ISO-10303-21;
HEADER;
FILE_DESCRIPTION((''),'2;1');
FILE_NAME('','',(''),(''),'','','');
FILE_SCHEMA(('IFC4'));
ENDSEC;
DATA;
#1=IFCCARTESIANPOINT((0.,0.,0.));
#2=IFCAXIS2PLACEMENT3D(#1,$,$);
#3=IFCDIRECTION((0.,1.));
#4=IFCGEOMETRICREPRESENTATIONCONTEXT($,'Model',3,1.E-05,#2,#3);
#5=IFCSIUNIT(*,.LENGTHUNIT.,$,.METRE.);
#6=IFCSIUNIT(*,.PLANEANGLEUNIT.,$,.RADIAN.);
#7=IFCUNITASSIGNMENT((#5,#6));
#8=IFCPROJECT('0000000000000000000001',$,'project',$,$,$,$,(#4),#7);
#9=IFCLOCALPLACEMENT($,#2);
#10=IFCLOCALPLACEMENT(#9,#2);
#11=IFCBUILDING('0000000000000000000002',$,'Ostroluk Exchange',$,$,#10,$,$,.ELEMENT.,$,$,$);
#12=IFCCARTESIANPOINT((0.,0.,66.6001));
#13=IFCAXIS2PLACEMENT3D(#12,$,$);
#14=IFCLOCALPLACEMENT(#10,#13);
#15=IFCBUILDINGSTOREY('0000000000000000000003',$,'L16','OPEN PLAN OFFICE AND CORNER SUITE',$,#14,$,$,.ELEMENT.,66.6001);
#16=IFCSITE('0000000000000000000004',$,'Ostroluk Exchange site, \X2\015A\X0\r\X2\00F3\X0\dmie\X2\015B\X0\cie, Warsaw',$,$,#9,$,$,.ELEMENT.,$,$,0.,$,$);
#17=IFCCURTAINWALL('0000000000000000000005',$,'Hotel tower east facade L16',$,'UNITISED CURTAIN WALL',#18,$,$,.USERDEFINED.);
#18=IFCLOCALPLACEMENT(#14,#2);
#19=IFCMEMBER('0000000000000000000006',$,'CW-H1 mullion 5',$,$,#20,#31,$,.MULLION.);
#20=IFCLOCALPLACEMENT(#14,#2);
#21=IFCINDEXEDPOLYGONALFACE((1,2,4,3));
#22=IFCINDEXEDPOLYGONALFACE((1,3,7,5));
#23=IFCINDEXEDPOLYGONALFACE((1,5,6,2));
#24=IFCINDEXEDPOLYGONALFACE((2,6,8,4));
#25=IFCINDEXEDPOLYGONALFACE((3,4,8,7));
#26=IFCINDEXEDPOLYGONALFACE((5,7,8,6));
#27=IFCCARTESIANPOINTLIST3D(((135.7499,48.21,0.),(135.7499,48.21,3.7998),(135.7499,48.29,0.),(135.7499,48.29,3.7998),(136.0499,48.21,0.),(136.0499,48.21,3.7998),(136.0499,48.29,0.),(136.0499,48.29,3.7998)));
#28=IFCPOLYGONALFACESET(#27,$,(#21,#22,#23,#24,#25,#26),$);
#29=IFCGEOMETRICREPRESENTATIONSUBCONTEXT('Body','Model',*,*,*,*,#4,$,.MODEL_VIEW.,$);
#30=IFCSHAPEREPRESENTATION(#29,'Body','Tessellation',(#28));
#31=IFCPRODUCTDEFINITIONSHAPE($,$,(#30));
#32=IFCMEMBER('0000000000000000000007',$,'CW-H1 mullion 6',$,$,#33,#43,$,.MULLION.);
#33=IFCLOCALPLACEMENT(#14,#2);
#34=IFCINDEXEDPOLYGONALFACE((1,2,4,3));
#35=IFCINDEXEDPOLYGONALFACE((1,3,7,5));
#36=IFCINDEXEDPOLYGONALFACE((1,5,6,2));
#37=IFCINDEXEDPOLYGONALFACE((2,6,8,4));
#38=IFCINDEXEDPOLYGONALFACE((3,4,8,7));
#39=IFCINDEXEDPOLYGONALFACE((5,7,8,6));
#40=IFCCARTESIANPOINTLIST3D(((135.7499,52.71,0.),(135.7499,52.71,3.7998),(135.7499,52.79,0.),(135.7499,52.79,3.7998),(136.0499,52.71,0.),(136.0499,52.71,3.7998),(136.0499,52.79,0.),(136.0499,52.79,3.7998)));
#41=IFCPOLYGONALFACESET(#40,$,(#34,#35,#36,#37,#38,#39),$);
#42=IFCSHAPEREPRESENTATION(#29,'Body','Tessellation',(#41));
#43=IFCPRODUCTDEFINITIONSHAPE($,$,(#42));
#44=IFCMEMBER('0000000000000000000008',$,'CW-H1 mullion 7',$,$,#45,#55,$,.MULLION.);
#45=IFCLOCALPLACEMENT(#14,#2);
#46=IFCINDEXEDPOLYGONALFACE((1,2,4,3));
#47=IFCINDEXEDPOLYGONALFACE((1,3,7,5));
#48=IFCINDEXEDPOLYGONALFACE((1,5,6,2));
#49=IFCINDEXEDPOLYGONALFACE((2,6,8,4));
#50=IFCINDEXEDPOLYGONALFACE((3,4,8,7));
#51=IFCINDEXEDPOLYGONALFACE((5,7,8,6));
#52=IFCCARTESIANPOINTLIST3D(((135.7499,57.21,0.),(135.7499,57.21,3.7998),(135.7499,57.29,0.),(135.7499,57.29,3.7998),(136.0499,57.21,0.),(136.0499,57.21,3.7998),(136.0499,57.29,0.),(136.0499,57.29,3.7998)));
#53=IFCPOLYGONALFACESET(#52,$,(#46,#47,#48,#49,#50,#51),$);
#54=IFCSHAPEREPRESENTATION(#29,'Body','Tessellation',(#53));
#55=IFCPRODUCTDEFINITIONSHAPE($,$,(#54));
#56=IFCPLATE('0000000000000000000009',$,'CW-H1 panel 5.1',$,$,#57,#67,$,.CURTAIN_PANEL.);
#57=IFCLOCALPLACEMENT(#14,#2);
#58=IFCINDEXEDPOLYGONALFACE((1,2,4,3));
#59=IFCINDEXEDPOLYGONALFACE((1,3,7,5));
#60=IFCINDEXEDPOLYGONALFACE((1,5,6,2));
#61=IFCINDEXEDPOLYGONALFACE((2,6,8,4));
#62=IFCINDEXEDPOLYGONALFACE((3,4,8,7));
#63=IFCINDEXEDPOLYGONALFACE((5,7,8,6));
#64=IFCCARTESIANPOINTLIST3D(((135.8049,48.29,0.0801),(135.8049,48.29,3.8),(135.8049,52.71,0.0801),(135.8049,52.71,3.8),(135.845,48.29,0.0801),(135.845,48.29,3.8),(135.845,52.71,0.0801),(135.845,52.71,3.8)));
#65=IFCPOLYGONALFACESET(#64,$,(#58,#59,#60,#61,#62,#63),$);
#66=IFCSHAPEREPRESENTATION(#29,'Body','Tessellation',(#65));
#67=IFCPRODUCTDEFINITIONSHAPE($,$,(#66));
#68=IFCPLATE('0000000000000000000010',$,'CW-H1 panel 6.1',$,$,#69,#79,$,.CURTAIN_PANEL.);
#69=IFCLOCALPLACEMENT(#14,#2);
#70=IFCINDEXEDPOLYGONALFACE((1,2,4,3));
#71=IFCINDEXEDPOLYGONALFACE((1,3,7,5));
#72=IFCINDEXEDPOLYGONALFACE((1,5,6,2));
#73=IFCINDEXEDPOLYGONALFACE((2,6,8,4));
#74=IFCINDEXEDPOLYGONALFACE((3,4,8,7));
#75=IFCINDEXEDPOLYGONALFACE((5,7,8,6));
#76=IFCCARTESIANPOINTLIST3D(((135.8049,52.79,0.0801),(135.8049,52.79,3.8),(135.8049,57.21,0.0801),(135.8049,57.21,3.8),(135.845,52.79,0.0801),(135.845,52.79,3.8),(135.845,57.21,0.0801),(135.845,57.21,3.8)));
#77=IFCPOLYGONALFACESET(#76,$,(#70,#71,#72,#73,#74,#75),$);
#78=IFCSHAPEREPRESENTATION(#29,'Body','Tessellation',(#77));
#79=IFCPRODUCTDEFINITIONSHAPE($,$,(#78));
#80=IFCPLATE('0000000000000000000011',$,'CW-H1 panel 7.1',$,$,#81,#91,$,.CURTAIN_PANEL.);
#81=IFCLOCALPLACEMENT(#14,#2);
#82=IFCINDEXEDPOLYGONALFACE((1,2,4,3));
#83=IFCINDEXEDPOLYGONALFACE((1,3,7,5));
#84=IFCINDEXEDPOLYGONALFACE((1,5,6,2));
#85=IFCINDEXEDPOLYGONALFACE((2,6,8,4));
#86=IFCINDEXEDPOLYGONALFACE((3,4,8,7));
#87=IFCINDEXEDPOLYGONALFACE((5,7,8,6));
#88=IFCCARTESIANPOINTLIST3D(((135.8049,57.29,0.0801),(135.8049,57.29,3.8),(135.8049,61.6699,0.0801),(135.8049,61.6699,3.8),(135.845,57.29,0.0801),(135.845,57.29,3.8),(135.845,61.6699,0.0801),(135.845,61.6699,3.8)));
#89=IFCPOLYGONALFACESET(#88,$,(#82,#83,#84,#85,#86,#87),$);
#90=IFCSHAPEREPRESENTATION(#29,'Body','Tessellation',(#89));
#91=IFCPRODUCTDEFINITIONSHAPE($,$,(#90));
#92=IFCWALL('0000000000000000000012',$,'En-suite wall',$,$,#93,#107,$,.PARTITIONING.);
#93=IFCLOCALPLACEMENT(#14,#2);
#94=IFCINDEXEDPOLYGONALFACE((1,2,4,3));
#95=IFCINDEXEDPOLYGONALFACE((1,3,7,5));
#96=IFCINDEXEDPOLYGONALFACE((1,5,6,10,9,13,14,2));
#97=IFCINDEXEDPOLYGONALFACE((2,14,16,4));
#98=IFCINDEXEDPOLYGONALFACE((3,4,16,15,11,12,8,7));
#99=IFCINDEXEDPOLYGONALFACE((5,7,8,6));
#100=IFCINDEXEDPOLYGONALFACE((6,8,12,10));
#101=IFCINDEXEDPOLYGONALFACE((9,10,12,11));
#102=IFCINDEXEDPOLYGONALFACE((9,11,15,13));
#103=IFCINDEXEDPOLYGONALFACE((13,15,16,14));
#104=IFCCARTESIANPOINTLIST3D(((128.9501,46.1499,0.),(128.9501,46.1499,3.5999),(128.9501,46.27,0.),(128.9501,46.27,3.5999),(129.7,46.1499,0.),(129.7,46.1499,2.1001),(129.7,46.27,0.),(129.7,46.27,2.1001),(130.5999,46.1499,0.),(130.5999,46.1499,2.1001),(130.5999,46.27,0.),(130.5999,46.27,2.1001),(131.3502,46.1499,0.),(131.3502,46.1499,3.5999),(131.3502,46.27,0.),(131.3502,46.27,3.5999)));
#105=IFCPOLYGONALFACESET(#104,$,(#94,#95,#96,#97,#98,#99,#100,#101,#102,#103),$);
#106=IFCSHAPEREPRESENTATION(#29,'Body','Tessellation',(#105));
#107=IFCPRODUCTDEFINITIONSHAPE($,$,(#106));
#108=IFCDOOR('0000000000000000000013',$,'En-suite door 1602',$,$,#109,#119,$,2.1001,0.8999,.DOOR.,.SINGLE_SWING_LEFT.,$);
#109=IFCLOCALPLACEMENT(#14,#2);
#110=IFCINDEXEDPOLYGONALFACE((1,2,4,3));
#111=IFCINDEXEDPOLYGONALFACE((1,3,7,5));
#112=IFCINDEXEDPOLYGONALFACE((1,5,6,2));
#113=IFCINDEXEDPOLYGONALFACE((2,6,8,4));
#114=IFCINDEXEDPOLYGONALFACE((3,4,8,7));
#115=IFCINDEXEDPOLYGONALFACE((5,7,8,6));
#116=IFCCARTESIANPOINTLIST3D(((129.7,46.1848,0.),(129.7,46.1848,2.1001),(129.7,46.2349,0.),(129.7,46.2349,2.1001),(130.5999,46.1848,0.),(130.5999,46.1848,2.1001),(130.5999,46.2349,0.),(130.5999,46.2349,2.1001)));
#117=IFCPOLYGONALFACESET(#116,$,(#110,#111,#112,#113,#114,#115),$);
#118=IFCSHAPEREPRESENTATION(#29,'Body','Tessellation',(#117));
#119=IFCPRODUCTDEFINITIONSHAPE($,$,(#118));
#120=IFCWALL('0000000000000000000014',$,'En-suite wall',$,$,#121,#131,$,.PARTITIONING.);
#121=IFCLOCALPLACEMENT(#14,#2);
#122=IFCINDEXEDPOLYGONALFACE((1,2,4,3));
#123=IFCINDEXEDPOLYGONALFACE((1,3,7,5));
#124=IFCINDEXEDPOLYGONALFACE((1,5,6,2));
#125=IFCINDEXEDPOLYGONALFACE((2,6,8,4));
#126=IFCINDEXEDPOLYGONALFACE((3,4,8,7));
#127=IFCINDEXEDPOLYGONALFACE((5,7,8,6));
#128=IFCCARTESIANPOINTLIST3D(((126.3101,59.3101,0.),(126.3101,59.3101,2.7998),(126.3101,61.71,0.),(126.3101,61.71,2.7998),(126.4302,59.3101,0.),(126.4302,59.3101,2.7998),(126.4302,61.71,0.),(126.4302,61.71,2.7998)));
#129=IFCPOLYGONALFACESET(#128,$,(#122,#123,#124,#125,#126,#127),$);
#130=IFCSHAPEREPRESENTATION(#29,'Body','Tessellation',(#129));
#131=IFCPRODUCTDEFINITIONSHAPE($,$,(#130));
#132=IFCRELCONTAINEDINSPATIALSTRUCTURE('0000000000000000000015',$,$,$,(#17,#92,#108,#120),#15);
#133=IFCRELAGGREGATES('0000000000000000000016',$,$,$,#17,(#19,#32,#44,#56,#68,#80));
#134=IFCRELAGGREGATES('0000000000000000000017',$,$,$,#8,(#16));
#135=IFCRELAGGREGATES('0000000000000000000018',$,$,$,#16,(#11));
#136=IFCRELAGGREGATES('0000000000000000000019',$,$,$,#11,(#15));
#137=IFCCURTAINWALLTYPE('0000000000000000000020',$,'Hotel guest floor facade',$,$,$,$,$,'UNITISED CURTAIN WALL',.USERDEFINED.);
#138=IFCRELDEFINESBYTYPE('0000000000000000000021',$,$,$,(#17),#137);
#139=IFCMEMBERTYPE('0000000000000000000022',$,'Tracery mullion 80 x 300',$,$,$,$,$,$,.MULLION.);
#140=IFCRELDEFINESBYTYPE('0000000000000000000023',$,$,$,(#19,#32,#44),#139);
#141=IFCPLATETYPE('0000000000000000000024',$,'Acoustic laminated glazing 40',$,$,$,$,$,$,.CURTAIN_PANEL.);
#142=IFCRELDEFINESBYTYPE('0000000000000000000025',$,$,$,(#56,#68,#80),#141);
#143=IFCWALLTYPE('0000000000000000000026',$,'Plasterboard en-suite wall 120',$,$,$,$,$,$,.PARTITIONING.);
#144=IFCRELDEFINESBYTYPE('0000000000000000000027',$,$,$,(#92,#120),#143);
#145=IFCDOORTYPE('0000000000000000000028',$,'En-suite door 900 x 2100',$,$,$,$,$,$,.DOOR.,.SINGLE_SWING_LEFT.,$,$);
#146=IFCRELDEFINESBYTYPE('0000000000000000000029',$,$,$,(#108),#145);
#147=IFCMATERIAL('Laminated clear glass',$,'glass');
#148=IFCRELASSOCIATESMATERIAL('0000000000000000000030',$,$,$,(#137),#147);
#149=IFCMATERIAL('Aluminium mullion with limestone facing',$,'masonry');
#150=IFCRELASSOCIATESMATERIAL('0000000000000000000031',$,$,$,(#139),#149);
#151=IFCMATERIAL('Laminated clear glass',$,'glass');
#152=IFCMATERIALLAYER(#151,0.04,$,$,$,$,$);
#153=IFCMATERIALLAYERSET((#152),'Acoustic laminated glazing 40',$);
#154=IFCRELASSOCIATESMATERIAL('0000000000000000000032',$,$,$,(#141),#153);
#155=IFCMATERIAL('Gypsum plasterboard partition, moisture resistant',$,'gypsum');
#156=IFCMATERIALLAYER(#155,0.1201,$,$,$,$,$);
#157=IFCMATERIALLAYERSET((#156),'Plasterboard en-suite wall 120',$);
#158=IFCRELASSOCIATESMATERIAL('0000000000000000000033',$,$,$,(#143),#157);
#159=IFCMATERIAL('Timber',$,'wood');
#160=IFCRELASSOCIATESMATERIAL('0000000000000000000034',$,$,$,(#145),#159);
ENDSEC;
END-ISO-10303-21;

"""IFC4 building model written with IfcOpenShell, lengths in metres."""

from ifc_helpers import new_model, si_unit, direction, frame, frame_2d, origin, origin_2d, place, context, subcontext, project, spatial, rectangle, extrude, material, layer, layer_set, material_profile, profile_set, type_object, element, fill, aggregate, save


model = new_model("IFC4")

# Units and contexts
model_context = context("Model", 3, precision=1e-05, world=origin(), true_north=direction((0.0, 1.0)))
body_context = subcontext(model_context, "Body", "Model", "MODEL_VIEW")
ifc_project = project(units=[si_unit("LENGTHUNIT", "METRE"), si_unit("PLANEANGLEUNIT", "RADIAN")], contexts=[model_context])

# Site, building, storey
site_placement = place(None, origin())
site = spatial("IfcSite", under=ifc_project, at=site_placement, Name="Ostroluk Exchange site, Śródmieście, Warsaw", CompositionType="ELEMENT", RefElevation=0.0)
building_placement = place(site_placement, origin())
building = spatial("IfcBuilding", under=site, at=building_placement, Name="Ostroluk Exchange", CompositionType="ELEMENT")
storey_placement = place(building_placement, frame((0.0, 0.0, 66.6001)))
storey = spatial("IfcBuildingStorey", under=building, at=storey_placement, Name="L16", Description="OPEN PLAN OFFICE AND CORNER SUITE", CompositionType="ELEMENT", Elevation=66.6001)

# Curtain wall, members, plates
ifc_material_1 = material(Name="Laminated clear glass", Category="glass")
curtain_wall_type = type_object("IfcCurtainWallType", Name="Hotel guest floor facade", ElementType="UNITISED CURTAIN WALL", PredefinedType="USERDEFINED", material=ifc_material_1)
curtain_wall_placement = place(storey_placement, origin())
curtain_wall = element("IfcCurtainWall", 1, at=curtain_wall_placement, inside=storey, type_object=curtain_wall_type, Name="Hotel tower east facade L16", ObjectType="UNITISED CURTAIN WALL", PredefinedType="USERDEFINED")
ifc_material_2 = material(Name="Aluminium mullion with limestone facing", Category="masonry")
ifc_material_profile_1 = material_profile(ifc_material_2, rectangle(XDim=0.3, YDim=0.0801, at=origin_2d()), Name="Tracery mullion 80 x 300")
ifc_profile_set_1 = profile_set([ifc_material_profile_1], Name="Aluminium mullion with limestone facing")
member_type_1 = type_object("IfcMemberType", Name="Tracery mullion 80 x 300", PredefinedType="MULLION", material=ifc_profile_set_1)
member_1_placement = place(storey_placement, frame((135.8999, 48.25, 0.0), z_axis=(0.0, 0.0, 1.0), x_axis=(-1.0, 0.0, 0.0)))
member_1 = element("IfcMember", 2, at=member_1_placement, type_object=member_type_1, Name="CW-H1 mullion 5", PredefinedType="MULLION", context=body_context, shape_type="SweptSolid", body=[
    extrude(rectangle(XDim=0.3, YDim=0.0801, at=origin_2d()), origin(), (0.0, 0.0, 1.0), 3.7998),
])
member_2_placement = place(storey_placement, frame((135.8999, 52.75, 0.0), z_axis=(0.0, 0.0, 1.0), x_axis=(-1.0, 0.0, 0.0)))
member_2 = element("IfcMember", 3, at=member_2_placement, type_object=member_type_1, Name="CW-H1 mullion 6", PredefinedType="MULLION", context=body_context, shape_type="SweptSolid", body=[
    extrude(rectangle(XDim=0.3, YDim=0.0801, at=origin_2d()), origin(), (0.0, 0.0, 1.0), 3.7998),
])
member_3_placement = place(storey_placement, frame((135.8999, 57.25, 0.0), z_axis=(0.0, 0.0, 1.0), x_axis=(-1.0, 0.0, 0.0)))
member_3 = element("IfcMember", 4, at=member_3_placement, type_object=member_type_1, Name="CW-H1 mullion 7", PredefinedType="MULLION", context=body_context, shape_type="SweptSolid", body=[
    extrude(rectangle(XDim=0.3, YDim=0.0801, at=origin_2d()), origin(), (0.0, 0.0, 1.0), 3.7998),
])
ifc_material_3 = material(Name="Laminated clear glass", Category="glass")
ifc_layer_1 = layer(ifc_material_3, 0.04)
ifc_layer_set_1 = layer_set([ifc_layer_1], Name="Acoustic laminated glazing 40")
plate_type = type_object("IfcPlateType", Name="Acoustic laminated glazing 40", PredefinedType="CURTAIN_PANEL", material=ifc_layer_set_1)
plate_1_placement = place(storey_placement, frame((135.825, 50.5, 0.0801), z_axis=(0.0, 0.0, 1.0), x_axis=(0.0, 1.0, 0.0)))
plate_1 = element("IfcPlate", 5, at=plate_1_placement, type_object=plate_type, Name="CW-H1 panel 5.1", PredefinedType="CURTAIN_PANEL", context=body_context, shape_type="SweptSolid", body=[
    extrude(rectangle(XDim=4.4199, YDim=0.04, at=origin_2d()), origin(), (0.0, 0.0, 1.0), 3.72),
])
plate_2_placement = place(storey_placement, frame((135.825, 55.0, 0.0801), z_axis=(0.0, 0.0, 1.0), x_axis=(0.0, 1.0, 0.0)))
plate_2 = element("IfcPlate", 6, at=plate_2_placement, type_object=plate_type, Name="CW-H1 panel 6.1", PredefinedType="CURTAIN_PANEL", context=body_context, shape_type="SweptSolid", body=[
    extrude(rectangle(XDim=4.4199, YDim=0.04, at=origin_2d()), origin(), (0.0, 0.0, 1.0), 3.72),
])
plate_3_placement = place(storey_placement, frame((135.825, 59.48, 0.0801), z_axis=(0.0, 0.0, 1.0), x_axis=(0.0, 1.0, 0.0)))
plate_3 = element("IfcPlate", 7, at=plate_3_placement, type_object=plate_type, Name="CW-H1 panel 7.1", PredefinedType="CURTAIN_PANEL", context=body_context, shape_type="SweptSolid", body=[
    extrude(rectangle(XDim=4.3799, YDim=0.04, at=origin_2d()), origin(), (0.0, 0.0, 1.0), 3.72),
])
aggregate(curtain_wall, [member_1, member_2, member_3, plate_1, plate_2, plate_3])

# Wall, opening, door
ifc_material_4 = material(Name="Gypsum plasterboard partition, moisture resistant", Category="gypsum")
ifc_layer_2 = layer(ifc_material_4, 0.1201)
ifc_layer_set_2 = layer_set([ifc_layer_2], Name="Plasterboard en-suite wall 120")
wall_type_1 = type_object("IfcWallType", Name="Plasterboard en-suite wall 120", PredefinedType="PARTITIONING", material=ifc_layer_set_2)
wall_1_placement = place(storey_placement, frame((128.95, 46.21, 0.0), z_axis=(0.0, 0.0, 1.0), x_axis=(1.0, 0.0, 0.0)))
wall_1 = element("IfcWall", 8, at=wall_1_placement, inside=storey, type_object=wall_type_1, Name="En-suite wall", PredefinedType="PARTITIONING", context=body_context, shape_type="SweptSolid", body=[
    extrude(rectangle(XDim=2.4001, YDim=0.1201, at=frame_2d((1.2002, 0.0))), origin(), (0.0, 0.0, 1.0), 3.5999),
])
opening_1_placement = place(wall_1_placement, frame((0.75, 0.0, 0.0)))
opening_1 = element("IfcOpeningElement", 9, at=opening_1_placement, cuts=wall_1, PredefinedType="OPENING", context=body_context, shape_type="SweptSolid", body=[
    extrude(rectangle(XDim=0.8999, YDim=2.1001, at=frame_2d((0.45, 1.05))), frame((0.0, 0.0701, 0.0), z_axis=(0.0, -1.0, 0.0), x_axis=(1.0, 0.0, 0.0)), (0.0, 0.0, 1.0), 0.1401),
])
ifc_material_5 = material(Name="Timber", Category="wood")
door_type_1 = type_object("IfcDoorType", Name="En-suite door 900 x 2100", OperationType="SINGLE_SWING_LEFT", PredefinedType="DOOR", material=ifc_material_5)
door_1_placement = place(opening_1_placement, origin())
door_1 = element("IfcDoor", 10, at=door_1_placement, inside=storey, type_object=door_type_1, Name="En-suite door 1602", OperationType="SINGLE_SWING_LEFT", OverallHeight=2.1001, OverallWidth=0.8999, PredefinedType="DOOR", context=body_context, shape_type="SweptSolid", body=[
    extrude(rectangle(XDim=0.8999, YDim=2.1001, at=frame_2d((0.45, 1.05))), frame((0.0, 0.0249, 0.0), z_axis=(0.0, -1.0, 0.0), x_axis=(1.0, 0.0, 0.0)), (0.0, 0.0, 1.0), 0.05),
])
fill(opening_1, door_1)

# Wall
wall_2_placement = place(storey_placement, frame((126.3701, 59.3101, 0.0), z_axis=(0.0, 0.0, 1.0), x_axis=(0.0, 1.0, 0.0)))
element("IfcWall", 11, at=wall_2_placement, inside=storey, type_object=wall_type_1, Name="En-suite wall", PredefinedType="PARTITIONING", context=body_context, shape_type="SweptSolid", body=[
    extrude(rectangle(XDim=2.3999, YDim=0.1201, at=frame_2d((1.2, 0.0))), origin(), (0.0, 0.0, 1.0), 2.7998),
])

save(model, "model.ifc")
